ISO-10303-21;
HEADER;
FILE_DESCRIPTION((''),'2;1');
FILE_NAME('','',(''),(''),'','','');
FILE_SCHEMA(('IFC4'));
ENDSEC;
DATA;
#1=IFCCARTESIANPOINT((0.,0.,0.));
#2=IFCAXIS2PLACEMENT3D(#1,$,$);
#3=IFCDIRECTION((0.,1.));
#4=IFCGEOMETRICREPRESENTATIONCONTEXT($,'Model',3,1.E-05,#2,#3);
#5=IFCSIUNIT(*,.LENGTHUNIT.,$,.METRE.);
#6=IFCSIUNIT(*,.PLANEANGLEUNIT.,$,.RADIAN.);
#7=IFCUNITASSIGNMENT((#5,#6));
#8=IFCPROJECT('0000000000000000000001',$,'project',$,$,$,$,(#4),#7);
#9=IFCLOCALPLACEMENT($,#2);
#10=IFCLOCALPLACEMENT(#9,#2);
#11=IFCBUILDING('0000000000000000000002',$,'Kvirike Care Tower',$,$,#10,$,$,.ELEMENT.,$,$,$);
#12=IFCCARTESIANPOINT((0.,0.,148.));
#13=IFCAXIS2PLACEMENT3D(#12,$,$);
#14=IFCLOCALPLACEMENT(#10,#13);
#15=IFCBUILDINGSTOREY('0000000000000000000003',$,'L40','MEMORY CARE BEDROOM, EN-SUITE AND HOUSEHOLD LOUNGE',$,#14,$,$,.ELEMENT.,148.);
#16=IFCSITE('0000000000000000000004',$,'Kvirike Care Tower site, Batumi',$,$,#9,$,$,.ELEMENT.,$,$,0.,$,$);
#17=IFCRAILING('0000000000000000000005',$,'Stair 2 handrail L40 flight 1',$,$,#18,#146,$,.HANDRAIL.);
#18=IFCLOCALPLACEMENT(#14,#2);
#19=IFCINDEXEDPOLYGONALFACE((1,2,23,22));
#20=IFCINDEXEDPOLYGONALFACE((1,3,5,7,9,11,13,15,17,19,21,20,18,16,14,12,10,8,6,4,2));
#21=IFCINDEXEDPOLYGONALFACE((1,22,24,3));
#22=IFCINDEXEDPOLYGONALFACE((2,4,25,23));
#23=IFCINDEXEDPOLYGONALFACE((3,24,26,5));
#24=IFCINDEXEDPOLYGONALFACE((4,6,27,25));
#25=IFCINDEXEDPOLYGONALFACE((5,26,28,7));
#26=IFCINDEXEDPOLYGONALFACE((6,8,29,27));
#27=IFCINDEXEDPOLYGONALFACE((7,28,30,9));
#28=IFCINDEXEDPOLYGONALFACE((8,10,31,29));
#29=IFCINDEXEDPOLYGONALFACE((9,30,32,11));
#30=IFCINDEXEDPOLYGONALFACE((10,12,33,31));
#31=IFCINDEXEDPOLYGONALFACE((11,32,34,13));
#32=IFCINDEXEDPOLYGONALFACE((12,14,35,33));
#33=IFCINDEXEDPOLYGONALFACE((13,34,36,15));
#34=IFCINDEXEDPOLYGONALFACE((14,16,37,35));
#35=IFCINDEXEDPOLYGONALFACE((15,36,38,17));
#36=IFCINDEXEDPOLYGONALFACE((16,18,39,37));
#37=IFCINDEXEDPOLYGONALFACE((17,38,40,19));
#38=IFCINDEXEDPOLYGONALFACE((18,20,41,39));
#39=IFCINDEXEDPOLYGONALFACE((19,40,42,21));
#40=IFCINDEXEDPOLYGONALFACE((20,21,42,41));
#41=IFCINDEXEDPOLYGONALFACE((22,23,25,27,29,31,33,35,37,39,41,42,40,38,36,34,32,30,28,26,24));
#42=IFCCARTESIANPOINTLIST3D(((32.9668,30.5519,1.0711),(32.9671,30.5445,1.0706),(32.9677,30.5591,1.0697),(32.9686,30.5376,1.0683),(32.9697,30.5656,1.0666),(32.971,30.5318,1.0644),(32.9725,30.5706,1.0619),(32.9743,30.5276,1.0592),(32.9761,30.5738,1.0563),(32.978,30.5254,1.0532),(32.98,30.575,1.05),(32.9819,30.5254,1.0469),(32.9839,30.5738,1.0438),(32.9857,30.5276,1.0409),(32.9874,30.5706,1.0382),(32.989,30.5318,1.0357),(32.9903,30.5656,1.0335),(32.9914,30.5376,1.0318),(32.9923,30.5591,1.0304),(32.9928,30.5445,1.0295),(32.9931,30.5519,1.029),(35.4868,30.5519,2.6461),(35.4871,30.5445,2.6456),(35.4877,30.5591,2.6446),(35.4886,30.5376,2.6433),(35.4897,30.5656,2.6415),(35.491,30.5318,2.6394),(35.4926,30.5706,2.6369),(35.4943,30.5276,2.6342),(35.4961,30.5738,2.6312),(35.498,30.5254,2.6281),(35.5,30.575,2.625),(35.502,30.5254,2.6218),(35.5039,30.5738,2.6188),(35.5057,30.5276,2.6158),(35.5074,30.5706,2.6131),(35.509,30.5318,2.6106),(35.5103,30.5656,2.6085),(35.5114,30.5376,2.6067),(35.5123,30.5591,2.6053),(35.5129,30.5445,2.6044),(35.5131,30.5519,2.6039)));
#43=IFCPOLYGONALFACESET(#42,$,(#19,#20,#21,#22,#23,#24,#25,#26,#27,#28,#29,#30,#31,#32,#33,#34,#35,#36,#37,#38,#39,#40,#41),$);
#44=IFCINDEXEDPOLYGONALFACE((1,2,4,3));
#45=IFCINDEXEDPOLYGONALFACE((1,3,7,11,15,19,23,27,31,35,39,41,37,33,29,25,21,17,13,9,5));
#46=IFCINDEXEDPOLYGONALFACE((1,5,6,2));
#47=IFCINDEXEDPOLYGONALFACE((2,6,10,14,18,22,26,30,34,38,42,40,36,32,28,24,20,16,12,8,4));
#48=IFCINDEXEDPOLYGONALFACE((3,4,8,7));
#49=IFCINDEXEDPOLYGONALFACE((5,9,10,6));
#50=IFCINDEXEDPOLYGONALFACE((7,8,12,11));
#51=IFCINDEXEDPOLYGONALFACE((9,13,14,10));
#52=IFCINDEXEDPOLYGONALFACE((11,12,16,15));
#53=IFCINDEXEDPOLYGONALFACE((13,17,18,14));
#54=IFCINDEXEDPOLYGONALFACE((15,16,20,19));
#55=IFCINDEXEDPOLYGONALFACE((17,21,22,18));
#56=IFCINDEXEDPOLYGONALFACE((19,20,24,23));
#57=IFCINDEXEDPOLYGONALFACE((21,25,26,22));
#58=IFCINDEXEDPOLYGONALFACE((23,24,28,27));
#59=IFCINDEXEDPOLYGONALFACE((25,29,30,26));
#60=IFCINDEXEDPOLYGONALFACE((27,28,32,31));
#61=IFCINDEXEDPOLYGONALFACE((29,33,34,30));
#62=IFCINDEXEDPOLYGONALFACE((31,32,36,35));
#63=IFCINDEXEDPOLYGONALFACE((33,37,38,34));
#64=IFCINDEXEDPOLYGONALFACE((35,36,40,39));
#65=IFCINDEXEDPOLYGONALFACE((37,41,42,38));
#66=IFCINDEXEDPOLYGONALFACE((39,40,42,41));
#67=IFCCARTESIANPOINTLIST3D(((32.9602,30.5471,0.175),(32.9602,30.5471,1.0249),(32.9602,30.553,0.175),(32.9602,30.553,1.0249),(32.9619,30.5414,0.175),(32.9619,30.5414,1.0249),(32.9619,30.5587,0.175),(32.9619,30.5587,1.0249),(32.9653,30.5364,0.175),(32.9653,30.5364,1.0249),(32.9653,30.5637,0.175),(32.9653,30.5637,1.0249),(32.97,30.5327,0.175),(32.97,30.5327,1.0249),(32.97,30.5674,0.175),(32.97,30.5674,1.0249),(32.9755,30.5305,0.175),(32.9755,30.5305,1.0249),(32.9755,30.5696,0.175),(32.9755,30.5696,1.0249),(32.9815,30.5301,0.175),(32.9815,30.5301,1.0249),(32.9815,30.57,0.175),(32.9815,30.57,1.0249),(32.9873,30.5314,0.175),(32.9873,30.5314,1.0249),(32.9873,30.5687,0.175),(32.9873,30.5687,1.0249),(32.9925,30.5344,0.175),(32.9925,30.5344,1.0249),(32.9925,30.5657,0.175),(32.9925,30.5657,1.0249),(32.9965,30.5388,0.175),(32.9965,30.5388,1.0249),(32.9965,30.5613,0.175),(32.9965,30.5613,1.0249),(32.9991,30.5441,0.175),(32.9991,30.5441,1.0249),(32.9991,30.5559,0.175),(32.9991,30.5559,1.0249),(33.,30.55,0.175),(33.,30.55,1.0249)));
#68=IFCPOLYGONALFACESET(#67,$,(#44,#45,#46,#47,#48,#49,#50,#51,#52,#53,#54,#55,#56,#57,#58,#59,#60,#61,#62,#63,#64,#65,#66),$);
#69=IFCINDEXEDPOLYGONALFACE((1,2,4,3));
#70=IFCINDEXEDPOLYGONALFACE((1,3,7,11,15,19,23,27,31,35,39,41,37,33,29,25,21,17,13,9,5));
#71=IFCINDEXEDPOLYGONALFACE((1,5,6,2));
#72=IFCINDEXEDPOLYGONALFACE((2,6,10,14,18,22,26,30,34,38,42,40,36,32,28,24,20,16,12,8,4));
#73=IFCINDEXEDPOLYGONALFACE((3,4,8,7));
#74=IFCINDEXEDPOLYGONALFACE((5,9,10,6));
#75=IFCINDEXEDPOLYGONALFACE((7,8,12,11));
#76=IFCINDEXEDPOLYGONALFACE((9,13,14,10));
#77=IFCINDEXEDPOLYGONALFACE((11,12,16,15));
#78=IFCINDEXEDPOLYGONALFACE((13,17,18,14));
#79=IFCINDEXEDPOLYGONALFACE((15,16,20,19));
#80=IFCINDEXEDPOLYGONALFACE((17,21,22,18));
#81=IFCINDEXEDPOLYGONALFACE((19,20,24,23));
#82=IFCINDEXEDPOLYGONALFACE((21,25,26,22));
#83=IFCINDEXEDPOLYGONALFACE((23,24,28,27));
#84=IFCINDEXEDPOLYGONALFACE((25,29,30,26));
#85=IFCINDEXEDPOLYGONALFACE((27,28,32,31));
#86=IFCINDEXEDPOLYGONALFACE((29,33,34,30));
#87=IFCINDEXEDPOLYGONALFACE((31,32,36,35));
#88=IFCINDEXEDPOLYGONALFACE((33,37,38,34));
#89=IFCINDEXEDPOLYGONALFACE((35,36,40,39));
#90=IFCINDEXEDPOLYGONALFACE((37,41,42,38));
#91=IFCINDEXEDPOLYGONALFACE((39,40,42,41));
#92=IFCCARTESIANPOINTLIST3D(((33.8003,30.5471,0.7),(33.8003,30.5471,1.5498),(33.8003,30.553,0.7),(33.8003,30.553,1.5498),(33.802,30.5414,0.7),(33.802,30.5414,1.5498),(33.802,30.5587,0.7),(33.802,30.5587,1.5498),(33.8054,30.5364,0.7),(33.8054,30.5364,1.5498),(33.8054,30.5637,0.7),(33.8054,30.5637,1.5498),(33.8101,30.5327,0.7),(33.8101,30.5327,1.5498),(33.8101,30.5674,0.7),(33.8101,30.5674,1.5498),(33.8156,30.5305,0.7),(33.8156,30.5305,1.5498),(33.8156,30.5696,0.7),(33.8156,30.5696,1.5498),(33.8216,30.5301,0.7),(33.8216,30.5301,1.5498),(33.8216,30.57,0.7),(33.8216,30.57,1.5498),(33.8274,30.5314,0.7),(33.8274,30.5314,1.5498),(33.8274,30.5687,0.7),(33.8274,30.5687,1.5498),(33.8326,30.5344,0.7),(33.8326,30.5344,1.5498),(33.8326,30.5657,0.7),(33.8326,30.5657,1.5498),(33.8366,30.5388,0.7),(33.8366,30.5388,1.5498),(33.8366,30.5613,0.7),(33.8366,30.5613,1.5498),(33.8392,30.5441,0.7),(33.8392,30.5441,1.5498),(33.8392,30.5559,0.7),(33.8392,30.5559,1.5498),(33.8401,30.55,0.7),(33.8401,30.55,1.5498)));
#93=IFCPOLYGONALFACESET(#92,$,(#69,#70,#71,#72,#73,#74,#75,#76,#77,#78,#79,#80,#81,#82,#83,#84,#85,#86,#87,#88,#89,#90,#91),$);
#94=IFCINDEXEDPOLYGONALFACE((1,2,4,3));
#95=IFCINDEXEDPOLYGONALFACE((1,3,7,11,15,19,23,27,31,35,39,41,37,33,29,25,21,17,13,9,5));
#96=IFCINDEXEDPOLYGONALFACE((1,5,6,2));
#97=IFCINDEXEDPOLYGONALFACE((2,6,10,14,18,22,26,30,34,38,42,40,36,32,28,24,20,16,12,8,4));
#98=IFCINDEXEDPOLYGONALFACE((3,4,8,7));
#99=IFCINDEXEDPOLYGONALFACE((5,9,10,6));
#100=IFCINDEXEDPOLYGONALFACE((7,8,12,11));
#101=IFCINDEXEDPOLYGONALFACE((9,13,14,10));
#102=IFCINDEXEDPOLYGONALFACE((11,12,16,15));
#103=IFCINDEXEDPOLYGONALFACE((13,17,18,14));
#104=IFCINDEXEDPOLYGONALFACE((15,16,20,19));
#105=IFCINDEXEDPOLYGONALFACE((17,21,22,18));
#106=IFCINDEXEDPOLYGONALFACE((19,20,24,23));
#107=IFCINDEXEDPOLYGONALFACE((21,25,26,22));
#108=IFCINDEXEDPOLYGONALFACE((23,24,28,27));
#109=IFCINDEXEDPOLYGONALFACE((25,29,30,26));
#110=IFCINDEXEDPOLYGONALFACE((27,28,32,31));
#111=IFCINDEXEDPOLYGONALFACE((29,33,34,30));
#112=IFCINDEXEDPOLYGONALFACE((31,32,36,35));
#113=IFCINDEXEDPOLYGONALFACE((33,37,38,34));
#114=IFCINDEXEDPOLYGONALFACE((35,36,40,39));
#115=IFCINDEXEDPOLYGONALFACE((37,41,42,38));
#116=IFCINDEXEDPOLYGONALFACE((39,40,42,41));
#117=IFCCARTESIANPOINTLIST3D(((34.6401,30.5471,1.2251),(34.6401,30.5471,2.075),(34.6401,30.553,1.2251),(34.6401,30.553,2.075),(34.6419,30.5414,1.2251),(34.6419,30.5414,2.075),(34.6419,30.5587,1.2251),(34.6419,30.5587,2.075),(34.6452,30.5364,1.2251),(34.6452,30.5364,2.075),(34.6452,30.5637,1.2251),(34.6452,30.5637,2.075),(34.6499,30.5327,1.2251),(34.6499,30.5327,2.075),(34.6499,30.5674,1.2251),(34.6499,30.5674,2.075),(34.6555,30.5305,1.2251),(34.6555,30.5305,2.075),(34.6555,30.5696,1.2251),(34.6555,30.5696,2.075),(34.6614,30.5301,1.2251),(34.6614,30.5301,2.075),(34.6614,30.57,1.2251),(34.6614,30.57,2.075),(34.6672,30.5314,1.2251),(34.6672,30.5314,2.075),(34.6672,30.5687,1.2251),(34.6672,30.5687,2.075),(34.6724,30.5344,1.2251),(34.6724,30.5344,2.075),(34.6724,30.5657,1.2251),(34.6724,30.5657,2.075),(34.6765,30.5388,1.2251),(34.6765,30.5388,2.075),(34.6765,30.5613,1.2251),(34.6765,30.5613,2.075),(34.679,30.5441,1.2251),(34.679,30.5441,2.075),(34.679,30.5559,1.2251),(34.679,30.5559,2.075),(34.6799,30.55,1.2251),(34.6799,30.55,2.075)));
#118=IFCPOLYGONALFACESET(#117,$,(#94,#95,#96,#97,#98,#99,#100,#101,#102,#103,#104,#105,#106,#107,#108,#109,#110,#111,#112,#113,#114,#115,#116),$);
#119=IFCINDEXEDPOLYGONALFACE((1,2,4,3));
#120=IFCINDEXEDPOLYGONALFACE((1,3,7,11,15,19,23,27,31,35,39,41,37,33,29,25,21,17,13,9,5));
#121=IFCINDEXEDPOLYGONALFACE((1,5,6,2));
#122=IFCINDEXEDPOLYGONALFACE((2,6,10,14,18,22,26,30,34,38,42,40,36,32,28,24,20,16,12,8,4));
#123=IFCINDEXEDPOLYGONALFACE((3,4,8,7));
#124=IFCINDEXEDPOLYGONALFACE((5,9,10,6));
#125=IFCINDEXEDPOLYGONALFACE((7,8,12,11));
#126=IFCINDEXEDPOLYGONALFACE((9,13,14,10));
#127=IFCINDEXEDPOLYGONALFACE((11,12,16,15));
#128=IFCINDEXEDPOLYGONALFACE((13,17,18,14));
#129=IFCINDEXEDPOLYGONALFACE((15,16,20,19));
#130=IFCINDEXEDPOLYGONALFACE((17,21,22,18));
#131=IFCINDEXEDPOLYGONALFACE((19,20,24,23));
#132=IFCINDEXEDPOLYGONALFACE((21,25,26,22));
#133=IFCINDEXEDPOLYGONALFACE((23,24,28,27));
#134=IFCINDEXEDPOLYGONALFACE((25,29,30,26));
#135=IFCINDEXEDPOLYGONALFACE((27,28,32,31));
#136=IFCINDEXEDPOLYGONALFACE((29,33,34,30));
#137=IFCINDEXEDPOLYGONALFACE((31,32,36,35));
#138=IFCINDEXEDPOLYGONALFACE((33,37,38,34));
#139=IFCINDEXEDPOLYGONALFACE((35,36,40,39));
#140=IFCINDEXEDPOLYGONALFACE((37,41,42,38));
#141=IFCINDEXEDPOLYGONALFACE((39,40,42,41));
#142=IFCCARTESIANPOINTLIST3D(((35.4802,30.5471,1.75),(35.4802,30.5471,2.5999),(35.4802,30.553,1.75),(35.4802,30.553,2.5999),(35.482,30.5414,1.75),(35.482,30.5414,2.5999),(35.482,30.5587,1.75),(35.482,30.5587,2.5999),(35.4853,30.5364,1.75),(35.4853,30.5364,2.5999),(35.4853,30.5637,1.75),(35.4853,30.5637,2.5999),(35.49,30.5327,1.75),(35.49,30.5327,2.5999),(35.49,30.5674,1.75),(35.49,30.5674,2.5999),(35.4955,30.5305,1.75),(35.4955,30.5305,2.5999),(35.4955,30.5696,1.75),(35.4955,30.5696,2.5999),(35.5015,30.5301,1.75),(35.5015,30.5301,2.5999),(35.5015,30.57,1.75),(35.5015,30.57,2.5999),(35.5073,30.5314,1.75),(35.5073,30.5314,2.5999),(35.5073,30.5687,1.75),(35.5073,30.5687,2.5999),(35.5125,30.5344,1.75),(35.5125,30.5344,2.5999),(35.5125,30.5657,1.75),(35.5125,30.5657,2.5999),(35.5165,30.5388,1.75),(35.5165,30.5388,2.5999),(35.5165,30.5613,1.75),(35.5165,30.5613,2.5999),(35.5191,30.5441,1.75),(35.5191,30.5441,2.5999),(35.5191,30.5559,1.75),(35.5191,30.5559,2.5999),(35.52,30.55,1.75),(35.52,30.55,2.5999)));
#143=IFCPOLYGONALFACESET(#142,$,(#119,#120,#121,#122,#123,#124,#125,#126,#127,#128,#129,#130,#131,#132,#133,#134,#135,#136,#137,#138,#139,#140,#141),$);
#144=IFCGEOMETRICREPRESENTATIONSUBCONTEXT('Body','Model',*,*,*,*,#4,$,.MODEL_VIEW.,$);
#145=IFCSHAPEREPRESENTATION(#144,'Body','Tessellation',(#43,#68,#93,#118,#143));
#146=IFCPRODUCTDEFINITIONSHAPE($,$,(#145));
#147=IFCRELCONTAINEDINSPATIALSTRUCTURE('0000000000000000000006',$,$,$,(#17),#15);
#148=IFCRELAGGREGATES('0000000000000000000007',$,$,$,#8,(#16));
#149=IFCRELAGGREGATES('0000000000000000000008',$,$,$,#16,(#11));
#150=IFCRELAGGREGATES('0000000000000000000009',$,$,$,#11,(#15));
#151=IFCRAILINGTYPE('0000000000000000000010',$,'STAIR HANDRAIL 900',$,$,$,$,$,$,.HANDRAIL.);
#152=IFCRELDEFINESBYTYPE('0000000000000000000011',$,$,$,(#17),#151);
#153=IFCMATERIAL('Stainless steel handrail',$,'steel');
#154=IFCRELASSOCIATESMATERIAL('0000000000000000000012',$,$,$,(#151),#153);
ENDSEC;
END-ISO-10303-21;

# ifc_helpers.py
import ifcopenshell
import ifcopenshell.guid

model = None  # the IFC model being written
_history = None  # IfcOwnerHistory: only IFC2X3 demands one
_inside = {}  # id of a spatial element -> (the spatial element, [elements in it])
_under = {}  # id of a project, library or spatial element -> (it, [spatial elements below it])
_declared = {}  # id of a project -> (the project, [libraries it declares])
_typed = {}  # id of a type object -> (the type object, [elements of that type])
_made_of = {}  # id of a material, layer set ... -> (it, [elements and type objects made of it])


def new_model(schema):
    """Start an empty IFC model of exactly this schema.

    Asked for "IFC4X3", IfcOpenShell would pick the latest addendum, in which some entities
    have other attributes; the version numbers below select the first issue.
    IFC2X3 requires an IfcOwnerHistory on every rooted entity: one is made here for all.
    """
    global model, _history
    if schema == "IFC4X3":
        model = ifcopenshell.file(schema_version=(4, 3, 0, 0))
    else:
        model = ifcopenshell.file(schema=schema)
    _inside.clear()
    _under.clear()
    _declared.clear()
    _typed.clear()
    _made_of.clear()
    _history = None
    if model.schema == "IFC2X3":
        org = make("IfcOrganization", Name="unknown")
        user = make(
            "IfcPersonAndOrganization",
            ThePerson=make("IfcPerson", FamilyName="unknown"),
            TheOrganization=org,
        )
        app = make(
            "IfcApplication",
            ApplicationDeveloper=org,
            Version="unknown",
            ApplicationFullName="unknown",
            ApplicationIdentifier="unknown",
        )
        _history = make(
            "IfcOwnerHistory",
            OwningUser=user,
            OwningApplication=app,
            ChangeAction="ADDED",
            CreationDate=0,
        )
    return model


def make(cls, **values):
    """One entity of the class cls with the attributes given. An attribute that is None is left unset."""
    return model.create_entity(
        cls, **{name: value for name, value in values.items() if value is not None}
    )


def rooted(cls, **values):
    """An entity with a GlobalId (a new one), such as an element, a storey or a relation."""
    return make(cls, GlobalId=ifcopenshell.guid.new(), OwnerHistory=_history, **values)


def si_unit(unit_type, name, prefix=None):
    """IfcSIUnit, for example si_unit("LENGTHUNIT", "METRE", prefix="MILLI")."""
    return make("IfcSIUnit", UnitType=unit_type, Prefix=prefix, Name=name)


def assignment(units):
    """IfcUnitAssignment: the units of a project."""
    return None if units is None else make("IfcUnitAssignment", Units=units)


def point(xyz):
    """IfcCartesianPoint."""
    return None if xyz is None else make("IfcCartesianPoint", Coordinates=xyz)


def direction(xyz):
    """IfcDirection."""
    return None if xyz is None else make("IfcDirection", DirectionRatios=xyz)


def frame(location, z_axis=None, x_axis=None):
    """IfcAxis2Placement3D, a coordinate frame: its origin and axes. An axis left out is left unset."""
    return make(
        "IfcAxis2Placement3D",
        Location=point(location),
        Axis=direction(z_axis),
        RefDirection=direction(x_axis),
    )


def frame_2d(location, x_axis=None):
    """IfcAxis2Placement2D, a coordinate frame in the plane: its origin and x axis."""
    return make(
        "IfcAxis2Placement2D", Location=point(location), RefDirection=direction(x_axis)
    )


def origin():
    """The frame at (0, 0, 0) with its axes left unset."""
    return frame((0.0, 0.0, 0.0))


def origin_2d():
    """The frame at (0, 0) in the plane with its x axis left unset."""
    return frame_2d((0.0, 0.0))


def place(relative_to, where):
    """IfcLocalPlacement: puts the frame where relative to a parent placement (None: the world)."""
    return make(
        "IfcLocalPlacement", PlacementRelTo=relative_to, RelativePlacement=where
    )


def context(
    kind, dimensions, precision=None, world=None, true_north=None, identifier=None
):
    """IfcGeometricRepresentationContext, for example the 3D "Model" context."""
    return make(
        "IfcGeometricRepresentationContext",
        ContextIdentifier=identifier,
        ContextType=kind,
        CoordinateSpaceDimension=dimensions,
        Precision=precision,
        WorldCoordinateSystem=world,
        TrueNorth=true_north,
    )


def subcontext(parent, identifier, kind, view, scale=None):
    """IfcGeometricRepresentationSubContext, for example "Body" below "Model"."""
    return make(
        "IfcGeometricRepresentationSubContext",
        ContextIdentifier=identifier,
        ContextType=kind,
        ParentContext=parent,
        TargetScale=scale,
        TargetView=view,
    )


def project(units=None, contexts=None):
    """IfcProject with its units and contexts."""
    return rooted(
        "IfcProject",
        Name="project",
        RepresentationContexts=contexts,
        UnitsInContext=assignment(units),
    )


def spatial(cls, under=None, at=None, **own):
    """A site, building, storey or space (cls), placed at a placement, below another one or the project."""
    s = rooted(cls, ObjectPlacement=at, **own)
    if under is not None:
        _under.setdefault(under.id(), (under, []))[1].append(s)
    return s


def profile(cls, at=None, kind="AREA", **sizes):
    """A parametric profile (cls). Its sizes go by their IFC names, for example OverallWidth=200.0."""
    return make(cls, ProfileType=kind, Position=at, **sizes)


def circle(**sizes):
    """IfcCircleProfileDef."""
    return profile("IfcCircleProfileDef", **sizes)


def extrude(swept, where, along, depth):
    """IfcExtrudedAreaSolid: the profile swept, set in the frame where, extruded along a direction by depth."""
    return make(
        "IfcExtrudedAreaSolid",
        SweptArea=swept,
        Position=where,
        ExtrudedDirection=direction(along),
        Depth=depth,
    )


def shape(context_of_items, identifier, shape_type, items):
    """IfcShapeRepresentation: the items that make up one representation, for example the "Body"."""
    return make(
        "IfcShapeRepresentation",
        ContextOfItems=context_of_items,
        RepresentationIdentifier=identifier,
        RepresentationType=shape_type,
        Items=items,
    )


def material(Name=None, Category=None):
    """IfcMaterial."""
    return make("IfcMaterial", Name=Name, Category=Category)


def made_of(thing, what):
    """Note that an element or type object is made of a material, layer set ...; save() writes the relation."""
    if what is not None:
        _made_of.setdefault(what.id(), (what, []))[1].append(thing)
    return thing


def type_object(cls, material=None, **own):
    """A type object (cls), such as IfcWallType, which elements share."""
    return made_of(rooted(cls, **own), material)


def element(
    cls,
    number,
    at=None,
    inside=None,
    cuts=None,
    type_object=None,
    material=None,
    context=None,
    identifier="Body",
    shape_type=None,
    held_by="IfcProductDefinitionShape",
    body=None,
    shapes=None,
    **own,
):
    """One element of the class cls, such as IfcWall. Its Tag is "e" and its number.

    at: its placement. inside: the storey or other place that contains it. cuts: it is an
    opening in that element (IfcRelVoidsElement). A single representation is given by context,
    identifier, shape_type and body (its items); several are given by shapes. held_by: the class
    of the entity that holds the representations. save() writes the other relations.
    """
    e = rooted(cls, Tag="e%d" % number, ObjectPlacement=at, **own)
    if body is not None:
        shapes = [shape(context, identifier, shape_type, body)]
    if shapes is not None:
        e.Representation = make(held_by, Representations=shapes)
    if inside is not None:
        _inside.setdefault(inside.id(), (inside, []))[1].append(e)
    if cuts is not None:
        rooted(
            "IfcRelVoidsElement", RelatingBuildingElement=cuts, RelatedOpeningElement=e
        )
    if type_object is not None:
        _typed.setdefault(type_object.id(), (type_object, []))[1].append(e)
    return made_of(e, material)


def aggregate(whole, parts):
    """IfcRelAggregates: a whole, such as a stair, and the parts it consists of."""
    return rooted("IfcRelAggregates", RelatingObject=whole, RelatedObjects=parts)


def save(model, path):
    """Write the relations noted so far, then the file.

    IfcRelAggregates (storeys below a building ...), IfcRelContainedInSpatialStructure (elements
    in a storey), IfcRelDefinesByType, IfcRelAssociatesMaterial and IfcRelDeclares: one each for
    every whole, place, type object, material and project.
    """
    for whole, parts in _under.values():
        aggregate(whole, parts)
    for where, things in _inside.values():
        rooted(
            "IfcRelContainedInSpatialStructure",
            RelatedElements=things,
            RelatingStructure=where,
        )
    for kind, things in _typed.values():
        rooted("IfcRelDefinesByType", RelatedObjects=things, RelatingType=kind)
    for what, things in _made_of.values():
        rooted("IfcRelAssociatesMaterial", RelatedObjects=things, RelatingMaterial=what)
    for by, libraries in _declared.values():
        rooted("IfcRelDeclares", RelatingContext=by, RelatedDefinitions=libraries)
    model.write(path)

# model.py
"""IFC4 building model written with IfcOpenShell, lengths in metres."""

from ifc_helpers import new_model, si_unit, direction, frame, origin, origin_2d, place, context, subcontext, project, spatial, circle, extrude, material, type_object, element, save


model = new_model("IFC4")

# Units and contexts
model_context = context("Model", 3, precision=1e-05, world=origin(), true_north=direction((0.0, 1.0)))
body_context = subcontext(model_context, "Body", "Model", "MODEL_VIEW")
ifc_project = project(units=[si_unit("LENGTHUNIT", "METRE"), si_unit("PLANEANGLEUNIT", "RADIAN")], contexts=[model_context])

# Site, building, storey
site_placement = place(None, origin())
site = spatial("IfcSite", under=ifc_project, at=site_placement, Name="Kvirike Care Tower site, Batumi", CompositionType="ELEMENT", RefElevation=0.0)
building_placement = place(site_placement, origin())
building = spatial("IfcBuilding", under=site, at=building_placement, Name="Kvirike Care Tower", CompositionType="ELEMENT")
storey_placement = place(building_placement, frame((0.0, 0.0, 148.0)))
storey = spatial("IfcBuildingStorey", under=building, at=storey_placement, Name="L40", Description="MEMORY CARE BEDROOM, EN-SUITE AND HOUSEHOLD LOUNGE", CompositionType="ELEMENT", Elevation=148.0)

# Railing
ifc_material_1 = material(Name="Stainless steel handrail", Category="steel")
railing_type = type_object("IfcRailingType", Name="STAIR HANDRAIL 900", PredefinedType="HANDRAIL", material=ifc_material_1)
railing_1_placement = place(storey_placement, frame((32.98, 30.55, 0.175)))
element("IfcRailing", 1, at=railing_1_placement, inside=storey, type_object=railing_type, Name="Stair 2 handrail L40 flight 1", PredefinedType="HANDRAIL", context=body_context, shape_type="SweptSolid", body=[
    extrude(circle(Radius=0.0249, at=origin_2d()), frame((0.0, 0.0, 0.875), z_axis=(0.848008, 0.0, 0.529984), x_axis=(0.0, 1.0, 0.0)), (0.0, 0.0, 1.0), 2.9717),
    extrude(circle(Radius=0.02, at=origin_2d()), origin(), (0.0, 0.0, 1.0), 0.8499),
    extrude(circle(Radius=0.02, at=origin_2d()), frame((0.8401, 0.0, 0.5249)), (0.0, 0.0, 1.0), 0.8499),
    extrude(circle(Radius=0.02, at=origin_2d()), frame((1.6799, 0.0, 1.05)), (0.0, 0.0, 1.0), 0.8499),
    extrude(circle(Radius=0.02, at=origin_2d()), frame((2.52, 0.0, 1.575)), (0.0, 0.0, 1.0), 0.8499),
])

save(model, "model.ifc")
